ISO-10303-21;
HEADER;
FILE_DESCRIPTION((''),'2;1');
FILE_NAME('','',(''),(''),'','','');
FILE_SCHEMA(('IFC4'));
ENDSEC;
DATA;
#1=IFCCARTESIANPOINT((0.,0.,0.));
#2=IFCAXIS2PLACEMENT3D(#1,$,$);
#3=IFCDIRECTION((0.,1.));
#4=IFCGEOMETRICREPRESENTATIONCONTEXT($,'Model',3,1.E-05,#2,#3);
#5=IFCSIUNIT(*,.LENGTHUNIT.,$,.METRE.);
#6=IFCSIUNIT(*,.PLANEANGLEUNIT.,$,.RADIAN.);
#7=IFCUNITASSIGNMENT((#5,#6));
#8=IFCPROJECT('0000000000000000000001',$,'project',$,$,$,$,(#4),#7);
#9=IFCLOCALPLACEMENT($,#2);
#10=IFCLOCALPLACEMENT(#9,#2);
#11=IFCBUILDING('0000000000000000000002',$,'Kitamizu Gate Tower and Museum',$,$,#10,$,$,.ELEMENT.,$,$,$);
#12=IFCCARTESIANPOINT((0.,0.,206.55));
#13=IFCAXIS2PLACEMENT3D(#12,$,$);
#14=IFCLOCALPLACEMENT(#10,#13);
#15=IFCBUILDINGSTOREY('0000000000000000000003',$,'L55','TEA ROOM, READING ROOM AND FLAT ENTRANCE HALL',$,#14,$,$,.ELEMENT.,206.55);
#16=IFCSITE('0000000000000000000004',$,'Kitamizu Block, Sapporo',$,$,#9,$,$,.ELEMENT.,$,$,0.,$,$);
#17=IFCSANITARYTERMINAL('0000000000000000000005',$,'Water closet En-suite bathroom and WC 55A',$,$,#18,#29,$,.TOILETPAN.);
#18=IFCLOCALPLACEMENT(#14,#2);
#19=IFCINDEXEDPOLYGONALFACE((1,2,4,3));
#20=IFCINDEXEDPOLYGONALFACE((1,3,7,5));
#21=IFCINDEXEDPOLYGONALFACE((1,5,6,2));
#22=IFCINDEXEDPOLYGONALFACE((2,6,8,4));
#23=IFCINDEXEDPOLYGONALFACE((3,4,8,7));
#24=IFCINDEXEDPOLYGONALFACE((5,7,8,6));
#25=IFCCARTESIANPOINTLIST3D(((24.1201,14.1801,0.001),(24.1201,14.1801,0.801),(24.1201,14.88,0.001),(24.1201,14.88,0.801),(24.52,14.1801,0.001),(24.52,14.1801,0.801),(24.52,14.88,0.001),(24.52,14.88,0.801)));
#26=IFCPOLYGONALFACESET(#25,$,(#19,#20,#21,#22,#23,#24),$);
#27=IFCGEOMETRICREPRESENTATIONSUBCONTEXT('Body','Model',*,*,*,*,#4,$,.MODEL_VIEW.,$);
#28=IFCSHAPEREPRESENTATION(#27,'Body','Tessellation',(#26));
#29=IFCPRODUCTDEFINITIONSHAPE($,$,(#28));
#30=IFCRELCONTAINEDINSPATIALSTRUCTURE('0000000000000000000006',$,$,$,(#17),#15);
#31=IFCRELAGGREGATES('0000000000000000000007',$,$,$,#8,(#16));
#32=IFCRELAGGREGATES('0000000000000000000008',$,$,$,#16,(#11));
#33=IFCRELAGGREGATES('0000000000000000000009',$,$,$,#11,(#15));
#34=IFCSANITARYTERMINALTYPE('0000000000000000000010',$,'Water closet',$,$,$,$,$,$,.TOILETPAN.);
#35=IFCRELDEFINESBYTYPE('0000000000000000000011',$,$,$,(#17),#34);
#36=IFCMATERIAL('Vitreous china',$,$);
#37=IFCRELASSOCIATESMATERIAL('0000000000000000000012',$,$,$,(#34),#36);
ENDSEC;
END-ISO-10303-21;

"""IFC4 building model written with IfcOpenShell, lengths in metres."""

from ifc_helpers import new_model, si_unit, direction, frame, origin, origin_2d, place, context, subcontext, project, spatial, rectangle, extrude, material, type_object, element, save


model = new_model("IFC4")

# Units and contexts
model_context = context("Model", 3, precision=1e-05, world=origin(), true_north=direction((0.0, 1.0)))
body_context = subcontext(model_context, "Body", "Model", "MODEL_VIEW")
ifc_project = project(units=[si_unit("LENGTHUNIT", "METRE"), si_unit("PLANEANGLEUNIT", "RADIAN")], contexts=[model_context])

# Site, building, storey
site_placement = place(None, origin())
site = spatial("IfcSite", under=ifc_project, at=site_placement, Name="Kitamizu Block, Sapporo", CompositionType="ELEMENT", RefElevation=0.0)
building_placement = place(site_placement, origin())
building = spatial("IfcBuilding", under=site, at=building_placement, Name="Kitamizu Gate Tower and Museum", CompositionType="ELEMENT")
storey_placement = place(building_placement, frame((0.0, 0.0, 206.55)))
storey = spatial("IfcBuildingStorey", under=building, at=storey_placement, Name="L55", Description="TEA ROOM, READING ROOM AND FLAT ENTRANCE HALL", CompositionType="ELEMENT", Elevation=206.55)

# Sanitary terminal
ifc_material_1 = material(Name="Vitreous china")
sanitary_terminal_type_1 = type_object("IfcSanitaryTerminalType", Name="Water closet", PredefinedType="TOILETPAN", material=ifc_material_1)
sanitary_terminal_1_placement = place(storey_placement, frame((24.3201, 14.53, 0.001), z_axis=(0.0, 0.0, 1.0), x_axis=(1.0, 0.0, 0.0)))
element("IfcSanitaryTerminal", 1, at=sanitary_terminal_1_placement, inside=storey, type_object=sanitary_terminal_type_1, Name="Water closet En-suite bathroom and WC 55A", PredefinedType="TOILETPAN", context=body_context, shape_type="SweptSolid", body=[
    extrude(rectangle(XDim=0.3999, YDim=0.7, at=origin_2d()), origin(), (0.0, 0.0, 1.0), 0.8),
])

save(model, "model.ifc")
